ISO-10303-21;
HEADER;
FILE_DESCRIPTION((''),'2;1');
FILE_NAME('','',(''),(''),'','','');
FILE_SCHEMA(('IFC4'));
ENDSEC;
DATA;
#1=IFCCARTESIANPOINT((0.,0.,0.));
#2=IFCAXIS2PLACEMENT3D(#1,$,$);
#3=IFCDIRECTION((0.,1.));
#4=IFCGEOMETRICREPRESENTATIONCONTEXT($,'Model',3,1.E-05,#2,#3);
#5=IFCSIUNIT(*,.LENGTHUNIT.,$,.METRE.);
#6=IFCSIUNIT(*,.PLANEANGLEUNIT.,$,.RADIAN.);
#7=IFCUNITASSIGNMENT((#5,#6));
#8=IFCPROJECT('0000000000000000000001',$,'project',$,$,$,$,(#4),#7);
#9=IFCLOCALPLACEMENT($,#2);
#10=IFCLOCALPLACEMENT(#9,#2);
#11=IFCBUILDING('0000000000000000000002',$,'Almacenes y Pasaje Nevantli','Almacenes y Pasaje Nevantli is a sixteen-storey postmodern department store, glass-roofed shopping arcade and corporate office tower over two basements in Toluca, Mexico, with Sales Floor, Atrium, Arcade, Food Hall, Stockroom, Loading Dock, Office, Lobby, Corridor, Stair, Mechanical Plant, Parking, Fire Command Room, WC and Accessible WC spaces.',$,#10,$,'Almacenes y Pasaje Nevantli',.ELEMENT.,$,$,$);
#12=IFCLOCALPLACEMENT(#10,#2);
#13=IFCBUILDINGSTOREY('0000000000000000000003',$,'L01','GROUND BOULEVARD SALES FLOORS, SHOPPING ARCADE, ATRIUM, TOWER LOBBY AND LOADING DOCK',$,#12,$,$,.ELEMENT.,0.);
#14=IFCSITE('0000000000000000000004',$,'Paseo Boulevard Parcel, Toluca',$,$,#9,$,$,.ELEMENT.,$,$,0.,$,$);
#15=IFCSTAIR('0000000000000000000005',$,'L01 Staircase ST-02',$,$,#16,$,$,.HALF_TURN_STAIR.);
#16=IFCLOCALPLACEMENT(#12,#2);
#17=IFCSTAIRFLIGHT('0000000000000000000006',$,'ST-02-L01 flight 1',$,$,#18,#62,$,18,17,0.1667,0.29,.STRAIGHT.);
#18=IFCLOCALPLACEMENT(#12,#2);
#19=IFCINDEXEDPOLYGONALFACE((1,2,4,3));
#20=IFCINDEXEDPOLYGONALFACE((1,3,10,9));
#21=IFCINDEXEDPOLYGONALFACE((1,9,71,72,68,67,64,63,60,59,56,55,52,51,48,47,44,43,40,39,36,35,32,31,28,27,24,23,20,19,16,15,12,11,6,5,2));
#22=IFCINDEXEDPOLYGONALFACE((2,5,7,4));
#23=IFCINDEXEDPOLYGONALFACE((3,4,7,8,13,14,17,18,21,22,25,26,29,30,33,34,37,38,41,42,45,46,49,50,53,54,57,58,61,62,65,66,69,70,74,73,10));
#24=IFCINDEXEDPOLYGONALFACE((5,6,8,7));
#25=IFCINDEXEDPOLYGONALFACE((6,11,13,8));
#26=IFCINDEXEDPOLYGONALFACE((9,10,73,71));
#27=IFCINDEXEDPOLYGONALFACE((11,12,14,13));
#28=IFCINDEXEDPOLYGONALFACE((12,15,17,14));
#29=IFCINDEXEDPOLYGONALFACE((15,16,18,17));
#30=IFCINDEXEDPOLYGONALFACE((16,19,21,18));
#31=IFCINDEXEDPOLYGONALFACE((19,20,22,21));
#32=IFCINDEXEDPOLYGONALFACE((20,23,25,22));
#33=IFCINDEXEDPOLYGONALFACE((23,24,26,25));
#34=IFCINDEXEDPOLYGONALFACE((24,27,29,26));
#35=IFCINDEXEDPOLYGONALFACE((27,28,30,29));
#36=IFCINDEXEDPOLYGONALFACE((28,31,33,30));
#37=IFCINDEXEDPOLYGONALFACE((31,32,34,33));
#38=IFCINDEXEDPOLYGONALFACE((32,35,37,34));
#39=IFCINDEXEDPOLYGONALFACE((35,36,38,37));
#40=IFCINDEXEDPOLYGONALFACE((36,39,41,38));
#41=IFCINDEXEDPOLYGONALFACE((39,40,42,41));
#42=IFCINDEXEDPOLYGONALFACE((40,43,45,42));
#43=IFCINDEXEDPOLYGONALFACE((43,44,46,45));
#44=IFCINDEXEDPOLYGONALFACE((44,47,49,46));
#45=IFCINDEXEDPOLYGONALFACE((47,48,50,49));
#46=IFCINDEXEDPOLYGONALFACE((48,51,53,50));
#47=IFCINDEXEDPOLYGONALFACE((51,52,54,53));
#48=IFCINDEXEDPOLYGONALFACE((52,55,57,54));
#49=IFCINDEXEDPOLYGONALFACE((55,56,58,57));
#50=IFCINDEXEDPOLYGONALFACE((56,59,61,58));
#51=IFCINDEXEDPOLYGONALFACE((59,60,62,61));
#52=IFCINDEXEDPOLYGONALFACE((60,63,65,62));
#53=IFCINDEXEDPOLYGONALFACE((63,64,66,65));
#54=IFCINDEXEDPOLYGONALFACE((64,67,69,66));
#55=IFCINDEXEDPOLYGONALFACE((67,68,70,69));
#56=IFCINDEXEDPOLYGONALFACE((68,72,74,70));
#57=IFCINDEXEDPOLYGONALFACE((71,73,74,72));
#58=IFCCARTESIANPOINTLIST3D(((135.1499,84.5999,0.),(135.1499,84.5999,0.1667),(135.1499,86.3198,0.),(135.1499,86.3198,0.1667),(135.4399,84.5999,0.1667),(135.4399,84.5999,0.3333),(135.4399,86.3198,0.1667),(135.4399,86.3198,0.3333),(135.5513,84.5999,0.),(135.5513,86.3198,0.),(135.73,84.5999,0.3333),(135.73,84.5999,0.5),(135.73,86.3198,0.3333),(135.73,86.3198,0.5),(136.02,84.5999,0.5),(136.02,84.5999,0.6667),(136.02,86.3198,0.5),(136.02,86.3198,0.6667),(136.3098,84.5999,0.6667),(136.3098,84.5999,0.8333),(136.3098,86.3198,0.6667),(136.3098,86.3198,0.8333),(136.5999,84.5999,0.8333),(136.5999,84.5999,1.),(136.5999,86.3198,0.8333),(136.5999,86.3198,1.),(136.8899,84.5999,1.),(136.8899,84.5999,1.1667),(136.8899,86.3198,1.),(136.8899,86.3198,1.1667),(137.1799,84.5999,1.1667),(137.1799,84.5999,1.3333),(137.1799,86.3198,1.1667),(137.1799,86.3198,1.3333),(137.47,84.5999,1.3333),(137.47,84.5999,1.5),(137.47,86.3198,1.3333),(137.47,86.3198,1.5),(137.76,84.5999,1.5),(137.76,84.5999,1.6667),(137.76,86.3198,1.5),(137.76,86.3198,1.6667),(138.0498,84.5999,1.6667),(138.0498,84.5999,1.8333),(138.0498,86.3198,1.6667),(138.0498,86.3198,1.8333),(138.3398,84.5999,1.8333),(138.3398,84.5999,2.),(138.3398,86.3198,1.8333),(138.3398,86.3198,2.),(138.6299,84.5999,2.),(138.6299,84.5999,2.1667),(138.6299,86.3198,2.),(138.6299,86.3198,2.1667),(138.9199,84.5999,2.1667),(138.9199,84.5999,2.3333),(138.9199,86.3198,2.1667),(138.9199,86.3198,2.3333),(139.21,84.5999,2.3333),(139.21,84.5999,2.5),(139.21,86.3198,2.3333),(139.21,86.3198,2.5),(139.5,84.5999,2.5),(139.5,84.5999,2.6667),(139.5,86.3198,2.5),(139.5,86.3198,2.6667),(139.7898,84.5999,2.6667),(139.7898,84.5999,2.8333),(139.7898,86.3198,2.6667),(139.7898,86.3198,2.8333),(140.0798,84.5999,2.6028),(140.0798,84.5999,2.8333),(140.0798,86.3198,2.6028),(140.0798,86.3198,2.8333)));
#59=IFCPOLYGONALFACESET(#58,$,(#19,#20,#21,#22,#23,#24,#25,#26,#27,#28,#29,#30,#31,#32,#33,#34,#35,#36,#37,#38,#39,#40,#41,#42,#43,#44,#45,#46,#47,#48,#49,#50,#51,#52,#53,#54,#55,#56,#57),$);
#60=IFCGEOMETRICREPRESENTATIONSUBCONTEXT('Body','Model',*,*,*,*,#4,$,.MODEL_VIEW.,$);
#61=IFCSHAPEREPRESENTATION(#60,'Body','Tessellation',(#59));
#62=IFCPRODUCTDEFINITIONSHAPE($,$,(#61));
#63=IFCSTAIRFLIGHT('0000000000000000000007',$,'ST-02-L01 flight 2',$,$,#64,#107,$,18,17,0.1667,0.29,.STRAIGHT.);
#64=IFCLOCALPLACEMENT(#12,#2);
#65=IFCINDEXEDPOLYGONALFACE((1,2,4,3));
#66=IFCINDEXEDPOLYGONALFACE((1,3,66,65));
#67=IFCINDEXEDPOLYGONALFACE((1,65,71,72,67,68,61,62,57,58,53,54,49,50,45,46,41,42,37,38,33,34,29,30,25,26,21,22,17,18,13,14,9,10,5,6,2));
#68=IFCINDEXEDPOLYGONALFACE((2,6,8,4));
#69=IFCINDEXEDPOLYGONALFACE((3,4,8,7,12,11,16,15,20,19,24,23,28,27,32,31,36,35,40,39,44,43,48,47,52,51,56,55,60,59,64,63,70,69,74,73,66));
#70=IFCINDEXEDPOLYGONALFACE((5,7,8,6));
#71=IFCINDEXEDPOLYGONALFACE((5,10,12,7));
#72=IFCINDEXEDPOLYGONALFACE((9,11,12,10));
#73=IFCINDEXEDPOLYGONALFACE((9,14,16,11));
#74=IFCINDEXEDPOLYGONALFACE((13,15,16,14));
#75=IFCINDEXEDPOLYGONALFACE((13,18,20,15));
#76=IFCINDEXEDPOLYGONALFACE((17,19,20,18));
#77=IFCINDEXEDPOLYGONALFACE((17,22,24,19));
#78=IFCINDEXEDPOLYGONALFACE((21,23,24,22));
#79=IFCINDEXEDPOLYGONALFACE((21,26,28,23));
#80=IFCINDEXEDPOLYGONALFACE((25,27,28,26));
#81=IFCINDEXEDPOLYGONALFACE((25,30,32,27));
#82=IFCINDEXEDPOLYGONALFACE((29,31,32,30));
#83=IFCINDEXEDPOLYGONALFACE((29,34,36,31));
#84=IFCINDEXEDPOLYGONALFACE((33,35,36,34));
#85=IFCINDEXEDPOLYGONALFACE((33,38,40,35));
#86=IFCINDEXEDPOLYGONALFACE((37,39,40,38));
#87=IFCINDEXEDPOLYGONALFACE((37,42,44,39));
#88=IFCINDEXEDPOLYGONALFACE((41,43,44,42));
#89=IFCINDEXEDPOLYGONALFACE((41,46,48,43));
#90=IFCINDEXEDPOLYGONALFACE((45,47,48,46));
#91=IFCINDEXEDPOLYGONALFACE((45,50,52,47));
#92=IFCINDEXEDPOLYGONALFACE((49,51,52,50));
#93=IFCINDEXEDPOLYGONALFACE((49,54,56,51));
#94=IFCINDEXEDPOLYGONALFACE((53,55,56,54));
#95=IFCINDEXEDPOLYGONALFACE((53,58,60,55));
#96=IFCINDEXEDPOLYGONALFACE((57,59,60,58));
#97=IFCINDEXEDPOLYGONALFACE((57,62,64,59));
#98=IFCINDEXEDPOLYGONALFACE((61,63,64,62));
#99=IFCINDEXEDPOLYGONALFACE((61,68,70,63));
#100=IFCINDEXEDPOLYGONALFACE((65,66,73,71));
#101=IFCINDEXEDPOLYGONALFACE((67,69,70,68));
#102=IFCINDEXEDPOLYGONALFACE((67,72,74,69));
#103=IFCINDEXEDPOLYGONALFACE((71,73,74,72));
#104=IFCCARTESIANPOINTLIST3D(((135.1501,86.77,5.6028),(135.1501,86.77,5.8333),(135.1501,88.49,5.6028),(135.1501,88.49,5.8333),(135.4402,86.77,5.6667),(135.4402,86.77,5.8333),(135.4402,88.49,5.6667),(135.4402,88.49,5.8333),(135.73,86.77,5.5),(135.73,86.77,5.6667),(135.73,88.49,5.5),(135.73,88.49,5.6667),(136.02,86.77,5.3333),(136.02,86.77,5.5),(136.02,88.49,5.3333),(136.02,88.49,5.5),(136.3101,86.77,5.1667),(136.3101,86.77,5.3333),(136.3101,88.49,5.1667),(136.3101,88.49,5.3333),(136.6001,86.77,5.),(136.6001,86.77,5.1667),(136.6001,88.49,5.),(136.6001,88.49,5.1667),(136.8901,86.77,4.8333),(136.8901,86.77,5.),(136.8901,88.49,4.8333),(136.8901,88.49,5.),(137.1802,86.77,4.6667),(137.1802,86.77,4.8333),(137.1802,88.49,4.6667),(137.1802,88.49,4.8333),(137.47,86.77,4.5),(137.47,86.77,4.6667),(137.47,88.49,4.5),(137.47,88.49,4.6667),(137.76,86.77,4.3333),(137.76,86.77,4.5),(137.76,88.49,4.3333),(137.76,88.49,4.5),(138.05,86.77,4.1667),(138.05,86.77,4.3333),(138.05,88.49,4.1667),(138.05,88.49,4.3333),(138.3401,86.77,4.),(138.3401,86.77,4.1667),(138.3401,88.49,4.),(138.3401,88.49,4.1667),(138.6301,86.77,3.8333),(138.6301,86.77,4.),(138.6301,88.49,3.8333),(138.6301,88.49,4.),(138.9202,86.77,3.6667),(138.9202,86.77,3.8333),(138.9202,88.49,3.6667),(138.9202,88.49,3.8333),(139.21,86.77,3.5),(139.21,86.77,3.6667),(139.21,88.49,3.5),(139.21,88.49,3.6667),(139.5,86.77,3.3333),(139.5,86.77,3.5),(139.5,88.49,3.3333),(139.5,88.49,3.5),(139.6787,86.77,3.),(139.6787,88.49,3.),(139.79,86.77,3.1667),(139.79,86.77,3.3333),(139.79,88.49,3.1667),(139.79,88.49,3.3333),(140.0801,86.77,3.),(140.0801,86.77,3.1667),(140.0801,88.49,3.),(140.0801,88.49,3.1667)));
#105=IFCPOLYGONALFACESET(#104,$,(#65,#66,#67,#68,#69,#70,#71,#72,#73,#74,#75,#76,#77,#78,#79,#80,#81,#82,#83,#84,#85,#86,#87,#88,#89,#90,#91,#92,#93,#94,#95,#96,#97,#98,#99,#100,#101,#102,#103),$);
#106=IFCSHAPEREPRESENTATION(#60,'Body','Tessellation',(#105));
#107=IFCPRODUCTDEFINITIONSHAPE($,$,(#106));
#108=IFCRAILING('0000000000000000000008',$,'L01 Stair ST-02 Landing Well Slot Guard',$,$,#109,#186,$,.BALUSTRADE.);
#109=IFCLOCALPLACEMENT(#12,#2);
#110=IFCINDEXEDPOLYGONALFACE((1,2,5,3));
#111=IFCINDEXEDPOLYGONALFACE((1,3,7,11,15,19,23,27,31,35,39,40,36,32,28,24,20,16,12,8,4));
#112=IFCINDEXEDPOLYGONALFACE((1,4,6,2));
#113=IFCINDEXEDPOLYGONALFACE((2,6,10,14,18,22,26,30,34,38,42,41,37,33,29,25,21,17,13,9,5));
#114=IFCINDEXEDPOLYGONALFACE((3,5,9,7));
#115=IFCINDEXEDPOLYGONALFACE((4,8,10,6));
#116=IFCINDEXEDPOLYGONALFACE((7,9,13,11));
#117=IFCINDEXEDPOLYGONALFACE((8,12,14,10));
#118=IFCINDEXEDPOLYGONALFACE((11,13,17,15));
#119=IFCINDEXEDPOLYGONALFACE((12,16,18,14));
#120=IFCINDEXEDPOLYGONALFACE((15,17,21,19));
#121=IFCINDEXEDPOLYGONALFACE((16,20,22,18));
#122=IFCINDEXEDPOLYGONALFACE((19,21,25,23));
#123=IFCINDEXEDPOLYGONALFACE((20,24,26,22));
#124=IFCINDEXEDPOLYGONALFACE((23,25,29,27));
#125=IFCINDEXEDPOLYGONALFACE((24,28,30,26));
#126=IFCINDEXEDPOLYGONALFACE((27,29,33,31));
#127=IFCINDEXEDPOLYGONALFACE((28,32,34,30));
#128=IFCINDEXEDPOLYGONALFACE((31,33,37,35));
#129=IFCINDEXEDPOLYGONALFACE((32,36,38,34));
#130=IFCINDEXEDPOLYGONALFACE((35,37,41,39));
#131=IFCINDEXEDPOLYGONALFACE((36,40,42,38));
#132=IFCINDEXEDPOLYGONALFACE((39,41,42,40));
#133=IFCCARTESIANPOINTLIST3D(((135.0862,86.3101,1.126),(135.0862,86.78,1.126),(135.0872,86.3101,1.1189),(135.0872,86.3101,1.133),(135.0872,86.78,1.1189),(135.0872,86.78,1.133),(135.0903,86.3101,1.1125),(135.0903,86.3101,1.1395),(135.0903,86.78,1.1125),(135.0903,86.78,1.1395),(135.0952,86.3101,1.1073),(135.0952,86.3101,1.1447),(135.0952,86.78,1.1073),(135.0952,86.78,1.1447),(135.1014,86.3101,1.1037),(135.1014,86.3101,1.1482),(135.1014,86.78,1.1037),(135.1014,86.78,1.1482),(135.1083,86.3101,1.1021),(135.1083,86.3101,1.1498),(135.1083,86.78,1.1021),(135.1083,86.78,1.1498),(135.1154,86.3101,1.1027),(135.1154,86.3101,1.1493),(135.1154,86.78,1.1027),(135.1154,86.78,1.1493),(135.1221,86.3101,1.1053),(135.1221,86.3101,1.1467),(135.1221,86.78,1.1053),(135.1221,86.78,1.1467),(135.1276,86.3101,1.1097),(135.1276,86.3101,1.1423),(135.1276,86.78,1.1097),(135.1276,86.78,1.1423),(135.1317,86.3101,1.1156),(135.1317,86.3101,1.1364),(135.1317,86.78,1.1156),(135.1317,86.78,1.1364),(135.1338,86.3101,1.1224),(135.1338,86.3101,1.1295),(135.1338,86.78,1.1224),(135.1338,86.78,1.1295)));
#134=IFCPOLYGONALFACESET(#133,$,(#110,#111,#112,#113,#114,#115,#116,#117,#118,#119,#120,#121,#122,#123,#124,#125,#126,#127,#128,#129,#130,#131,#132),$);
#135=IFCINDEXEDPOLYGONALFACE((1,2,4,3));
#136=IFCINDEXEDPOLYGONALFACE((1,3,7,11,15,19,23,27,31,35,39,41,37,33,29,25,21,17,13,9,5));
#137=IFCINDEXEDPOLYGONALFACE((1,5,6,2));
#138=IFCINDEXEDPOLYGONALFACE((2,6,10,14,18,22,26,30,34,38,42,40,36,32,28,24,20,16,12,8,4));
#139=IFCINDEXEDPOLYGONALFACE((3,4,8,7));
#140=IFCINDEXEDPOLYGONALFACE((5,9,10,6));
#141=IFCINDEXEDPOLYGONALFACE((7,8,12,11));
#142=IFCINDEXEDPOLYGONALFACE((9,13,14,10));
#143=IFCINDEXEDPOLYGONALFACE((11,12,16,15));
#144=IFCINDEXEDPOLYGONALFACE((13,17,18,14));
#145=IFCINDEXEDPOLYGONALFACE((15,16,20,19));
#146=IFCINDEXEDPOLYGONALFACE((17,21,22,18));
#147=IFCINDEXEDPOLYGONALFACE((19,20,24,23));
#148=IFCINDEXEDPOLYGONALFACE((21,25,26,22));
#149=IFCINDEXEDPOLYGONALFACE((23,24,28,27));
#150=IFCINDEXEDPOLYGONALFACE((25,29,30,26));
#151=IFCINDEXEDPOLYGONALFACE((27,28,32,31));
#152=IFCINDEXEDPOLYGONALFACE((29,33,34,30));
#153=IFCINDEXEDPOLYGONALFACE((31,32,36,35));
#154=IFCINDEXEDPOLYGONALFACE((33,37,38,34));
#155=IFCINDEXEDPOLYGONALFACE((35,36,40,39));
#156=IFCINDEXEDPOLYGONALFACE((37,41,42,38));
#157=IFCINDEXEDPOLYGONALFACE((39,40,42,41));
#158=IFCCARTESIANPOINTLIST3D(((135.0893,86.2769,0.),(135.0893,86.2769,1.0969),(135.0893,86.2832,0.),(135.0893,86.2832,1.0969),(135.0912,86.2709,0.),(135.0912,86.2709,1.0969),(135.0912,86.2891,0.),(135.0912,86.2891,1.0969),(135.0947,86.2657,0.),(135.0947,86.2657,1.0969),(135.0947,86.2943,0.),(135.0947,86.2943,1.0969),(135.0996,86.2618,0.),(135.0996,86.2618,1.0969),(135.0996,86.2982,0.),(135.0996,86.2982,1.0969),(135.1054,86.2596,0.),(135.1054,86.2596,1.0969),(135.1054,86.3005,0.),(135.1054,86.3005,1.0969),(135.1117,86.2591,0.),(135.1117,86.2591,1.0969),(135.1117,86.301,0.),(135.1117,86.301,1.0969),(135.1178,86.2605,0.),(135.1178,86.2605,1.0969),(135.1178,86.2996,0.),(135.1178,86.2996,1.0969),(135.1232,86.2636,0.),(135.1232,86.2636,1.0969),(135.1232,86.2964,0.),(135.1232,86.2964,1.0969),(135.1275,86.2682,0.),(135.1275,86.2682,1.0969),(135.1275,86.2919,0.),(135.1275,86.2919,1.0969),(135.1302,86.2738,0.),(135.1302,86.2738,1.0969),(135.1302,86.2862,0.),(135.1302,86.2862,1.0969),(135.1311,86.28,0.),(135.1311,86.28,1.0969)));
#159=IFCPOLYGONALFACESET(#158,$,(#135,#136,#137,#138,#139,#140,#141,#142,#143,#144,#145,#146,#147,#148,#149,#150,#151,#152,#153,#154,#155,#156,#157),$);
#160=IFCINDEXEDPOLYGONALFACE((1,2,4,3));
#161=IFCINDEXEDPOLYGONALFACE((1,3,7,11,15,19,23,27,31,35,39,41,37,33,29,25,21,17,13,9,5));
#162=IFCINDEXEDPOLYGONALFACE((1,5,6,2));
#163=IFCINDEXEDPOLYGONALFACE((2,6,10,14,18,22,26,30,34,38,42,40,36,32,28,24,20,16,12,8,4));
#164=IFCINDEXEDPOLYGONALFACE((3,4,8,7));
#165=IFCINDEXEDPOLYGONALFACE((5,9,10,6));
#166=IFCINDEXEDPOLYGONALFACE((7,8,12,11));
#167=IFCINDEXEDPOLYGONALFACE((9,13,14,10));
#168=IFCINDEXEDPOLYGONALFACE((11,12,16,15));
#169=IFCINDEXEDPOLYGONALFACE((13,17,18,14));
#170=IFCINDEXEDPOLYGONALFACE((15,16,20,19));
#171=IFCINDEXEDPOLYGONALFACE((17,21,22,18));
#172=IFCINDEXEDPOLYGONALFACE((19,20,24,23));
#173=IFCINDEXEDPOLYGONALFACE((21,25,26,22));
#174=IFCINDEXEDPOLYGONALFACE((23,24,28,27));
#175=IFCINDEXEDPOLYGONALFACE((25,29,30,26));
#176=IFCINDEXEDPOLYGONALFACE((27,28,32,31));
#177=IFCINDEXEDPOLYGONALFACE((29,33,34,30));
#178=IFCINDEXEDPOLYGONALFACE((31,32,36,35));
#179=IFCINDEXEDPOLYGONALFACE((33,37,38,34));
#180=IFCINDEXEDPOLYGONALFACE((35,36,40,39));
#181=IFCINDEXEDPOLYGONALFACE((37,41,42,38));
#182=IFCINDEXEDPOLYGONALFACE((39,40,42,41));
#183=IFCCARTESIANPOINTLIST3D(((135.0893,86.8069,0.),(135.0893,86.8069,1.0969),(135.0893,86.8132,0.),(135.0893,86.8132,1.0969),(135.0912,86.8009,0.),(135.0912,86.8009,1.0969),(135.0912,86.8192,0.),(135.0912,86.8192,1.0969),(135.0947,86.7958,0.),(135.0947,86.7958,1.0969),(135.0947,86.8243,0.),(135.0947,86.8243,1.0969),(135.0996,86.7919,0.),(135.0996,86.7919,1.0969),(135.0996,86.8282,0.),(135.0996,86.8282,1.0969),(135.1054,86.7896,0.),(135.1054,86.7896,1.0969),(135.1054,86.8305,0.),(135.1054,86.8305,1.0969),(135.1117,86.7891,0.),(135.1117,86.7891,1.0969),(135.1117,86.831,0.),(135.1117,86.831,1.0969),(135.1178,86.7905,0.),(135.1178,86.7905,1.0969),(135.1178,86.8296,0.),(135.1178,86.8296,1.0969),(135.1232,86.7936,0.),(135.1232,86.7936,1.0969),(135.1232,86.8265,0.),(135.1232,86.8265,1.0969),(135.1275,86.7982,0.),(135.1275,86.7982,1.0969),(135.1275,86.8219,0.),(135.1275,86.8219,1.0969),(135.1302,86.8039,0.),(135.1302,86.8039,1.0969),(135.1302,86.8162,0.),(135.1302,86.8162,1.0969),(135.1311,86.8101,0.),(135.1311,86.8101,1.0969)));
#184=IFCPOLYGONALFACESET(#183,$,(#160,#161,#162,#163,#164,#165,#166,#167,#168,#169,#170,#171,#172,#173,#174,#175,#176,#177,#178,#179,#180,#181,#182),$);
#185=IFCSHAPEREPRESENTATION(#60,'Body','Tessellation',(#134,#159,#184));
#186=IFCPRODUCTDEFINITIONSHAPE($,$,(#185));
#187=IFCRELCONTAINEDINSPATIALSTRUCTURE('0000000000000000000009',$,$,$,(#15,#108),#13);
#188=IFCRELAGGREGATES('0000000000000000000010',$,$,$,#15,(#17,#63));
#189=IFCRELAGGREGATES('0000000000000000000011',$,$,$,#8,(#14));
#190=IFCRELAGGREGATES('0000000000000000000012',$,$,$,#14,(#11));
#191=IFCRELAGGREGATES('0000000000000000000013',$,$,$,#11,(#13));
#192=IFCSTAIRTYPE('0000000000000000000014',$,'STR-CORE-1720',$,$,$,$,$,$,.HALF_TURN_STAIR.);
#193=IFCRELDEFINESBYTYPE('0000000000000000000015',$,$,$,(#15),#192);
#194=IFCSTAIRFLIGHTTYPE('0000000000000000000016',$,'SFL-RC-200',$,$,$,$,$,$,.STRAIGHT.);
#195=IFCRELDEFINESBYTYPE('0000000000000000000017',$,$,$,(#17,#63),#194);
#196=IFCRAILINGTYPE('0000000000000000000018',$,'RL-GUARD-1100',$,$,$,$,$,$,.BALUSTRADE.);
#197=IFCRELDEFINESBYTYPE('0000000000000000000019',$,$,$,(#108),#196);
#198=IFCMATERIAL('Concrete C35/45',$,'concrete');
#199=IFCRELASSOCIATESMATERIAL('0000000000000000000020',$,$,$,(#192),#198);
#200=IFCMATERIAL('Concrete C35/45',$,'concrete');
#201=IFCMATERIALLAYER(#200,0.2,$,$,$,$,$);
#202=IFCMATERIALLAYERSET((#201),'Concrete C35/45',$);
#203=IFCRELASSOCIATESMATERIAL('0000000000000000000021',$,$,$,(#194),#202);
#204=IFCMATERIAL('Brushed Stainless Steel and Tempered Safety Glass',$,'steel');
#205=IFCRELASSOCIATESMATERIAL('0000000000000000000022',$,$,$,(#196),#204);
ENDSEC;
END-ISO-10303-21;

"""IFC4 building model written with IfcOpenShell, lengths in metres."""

from ifc_helpers import new_model, si_unit, direction, frame, origin, origin_2d, place, context, subcontext, project, spatial, polyline, circle, outline, extrude, material, layer, layer_set, type_object, element, aggregate, save


model = new_model("IFC4")

# Units and contexts
model_context = context("Model", 3, precision=1e-05, world=origin(), true_north=direction((0.0, 1.0)))
body_context = subcontext(model_context, "Body", "Model", "MODEL_VIEW")
ifc_project = project(units=[si_unit("LENGTHUNIT", "METRE"), si_unit("PLANEANGLEUNIT", "RADIAN")], contexts=[model_context])

# Site, building, storey
site_placement = place(None, origin())
site = spatial("IfcSite", under=ifc_project, at=site_placement, Name="Paseo Boulevard Parcel, Toluca", CompositionType="ELEMENT", RefElevation=0.0)
building_placement = place(site_placement, origin())
building = spatial("IfcBuilding", under=site, at=building_placement, Name="Almacenes y Pasaje Nevantli", Description="Almacenes y Pasaje Nevantli is a sixteen-storey postmodern department store, glass-roofed shopping arcade and corporate office tower over two basements in Toluca, Mexico, with Sales Floor, Atrium, Arcade, Food Hall, Stockroom, Loading Dock, Office, Lobby, Corridor, Stair, Mechanical Plant, Parking, Fire Command Room, WC and Accessible WC spaces.", LongName="Almacenes y Pasaje Nevantli", CompositionType="ELEMENT")
storey_placement = place(building_placement, origin())
storey = spatial("IfcBuildingStorey", under=building, at=storey_placement, Name="L01", Description="GROUND BOULEVARD SALES FLOORS, SHOPPING ARCADE, ATRIUM, TOWER LOBBY AND LOADING DOCK", CompositionType="ELEMENT", Elevation=0.0)

# Stair, stair flights
ifc_material_1 = material(Name="Concrete C35/45", Category="concrete")
stair_type = type_object("IfcStairType", Name="STR-CORE-1720", PredefinedType="HALF_TURN_STAIR", material=ifc_material_1)
stair_placement = place(storey_placement, origin())
stair = element("IfcStair", 1, at=stair_placement, inside=storey, type_object=stair_type, Name="L01 Staircase ST-02", PredefinedType="HALF_TURN_STAIR")
ifc_material_2 = material(Name="Concrete C35/45", Category="concrete")
ifc_layer_1 = layer(ifc_material_2, 0.2)
ifc_layer_set_1 = layer_set([ifc_layer_1], Name="Concrete C35/45")
stair_flight_type = type_object("IfcStairFlightType", Name="SFL-RC-200", PredefinedType="STRAIGHT", material=ifc_layer_set_1)
stair_flight_1_placement = place(storey_placement, frame((135.1499, 85.46, 0.0), z_axis=(0.0, 0.0, 1.0), x_axis=(1.0, 0.0, 0.0)))
stair_flight_1 = element("IfcStairFlight", 2, at=stair_flight_1_placement, type_object=stair_flight_type, Name="ST-02-L01 flight 1", NumberOfRisers=18, NumberOfTreads=17, PredefinedType="STRAIGHT", RiserHeight=0.1667, TreadLength=0.29, context=body_context, shape_type="SweptSolid", body=[
    extrude(outline(polyline([(0.0, 0.0), (0.0, 0.1667), (0.29, 0.1667), (0.29, 0.3333), (0.5801, 0.3333), (0.5801, 0.5), (0.8701, 0.5), (0.8701, 0.6667), (1.1599, 0.6667), (1.1599, 0.8333), (1.45, 0.8333), (1.45, 1.0), (1.74, 1.0), (1.74, 1.1667), (2.03, 1.1667), (2.03, 1.3333), (2.3201, 1.3333), (2.3201, 1.5), (2.6101, 1.5), (2.6101, 1.6667), (2.8999, 1.6667), (2.8999, 1.8333), (3.1899, 1.8333), (3.1899, 2.0), (3.48, 2.0), (3.48, 2.1667), (3.77, 2.1667), (3.77, 2.3333), (4.0601, 2.3333), (4.0601, 2.5), (4.3501, 2.5), (4.3501, 2.6667), (4.6399, 2.6667), (4.6399, 2.8333), (4.9299, 2.8333), (4.9299, 3.0), (4.9299, 2.6028), (0.4014, 0.0), (0.0, 0.0)])), frame((0.0, 0.8599, 0.0), z_axis=(0.0, -1.0, 0.0), x_axis=(1.0, 0.0, 0.0)), (0.0, 0.0, 1.0), 1.72),
])
stair_flight_2_placement = place(storey_placement, frame((140.0801, 87.6299, 3.0), z_axis=(0.0, 0.0, 1.0), x_axis=(-1.0, 0.0, 0.0)))
stair_flight_2 = element("IfcStairFlight", 3, at=stair_flight_2_placement, type_object=stair_flight_type, Name="ST-02-L01 flight 2", NumberOfRisers=18, NumberOfTreads=17, PredefinedType="STRAIGHT", RiserHeight=0.1667, TreadLength=0.29, context=body_context, shape_type="SweptSolid", body=[
    extrude(outline(polyline([(0.0, 0.0), (0.0, 0.1667), (0.29, 0.1667), (0.29, 0.3333), (0.5801, 0.3333), (0.5801, 0.5), (0.8701, 0.5), (0.8701, 0.6667), (1.1599, 0.6667), (1.1599, 0.8333), (1.45, 0.8333), (1.45, 1.0), (1.74, 1.0), (1.74, 1.1667), (2.03, 1.1667), (2.03, 1.3333), (2.3201, 1.3333), (2.3201, 1.5), (2.6101, 1.5), (2.6101, 1.6667), (2.8999, 1.6667), (2.8999, 1.8333), (3.1899, 1.8333), (3.1899, 2.0), (3.48, 2.0), (3.48, 2.1667), (3.77, 2.1667), (3.77, 2.3333), (4.0601, 2.3333), (4.0601, 2.5), (4.3501, 2.5), (4.3501, 2.6667), (4.6399, 2.6667), (4.6399, 2.8333), (4.9299, 2.8333), (4.9299, 3.0), (4.9299, 2.6028), (0.4014, 0.0), (0.0, 0.0)])), frame((0.0, 0.8599, 0.0), z_axis=(0.0, -1.0, 0.0), x_axis=(1.0, 0.0, 0.0)), (0.0, 0.0, 1.0), 1.72),
])
aggregate(stair, [stair_flight_1, stair_flight_2])

# Railing
ifc_material_3 = material(Name="Brushed Stainless Steel and Tempered Safety Glass", Category="steel")
railing_type_1 = type_object("IfcRailingType", Name="RL-GUARD-1100", PredefinedType="BALUSTRADE", material=ifc_material_3)
railing_1_placement = place(storey_placement, frame((135.1101, 86.28, 0.0)))
element("IfcRailing", 4, at=railing_1_placement, inside=storey, type_object=railing_type_1, Name="L01 Stair ST-02 Landing Well Slot Guard", PredefinedType="BALUSTRADE", context=body_context, shape_type="SweptSolid", body=[
    extrude(circle(Radius=0.0239, at=origin_2d()), frame((0.0, 0.03, 1.126), z_axis=(0.0, 1.0, 0.0), x_axis=(-1.0, 0.0, 0.0)), (0.0, 0.0, 1.0), 0.47),
    extrude(circle(Radius=0.021, at=origin_2d()), origin(), (0.0, 0.0, 1.0), 1.0969),
    extrude(circle(Radius=0.021, at=origin_2d()), frame((0.0, 0.53, 0.0)), (0.0, 0.0, 1.0), 1.0969),
])

save(model, "model.ifc")
